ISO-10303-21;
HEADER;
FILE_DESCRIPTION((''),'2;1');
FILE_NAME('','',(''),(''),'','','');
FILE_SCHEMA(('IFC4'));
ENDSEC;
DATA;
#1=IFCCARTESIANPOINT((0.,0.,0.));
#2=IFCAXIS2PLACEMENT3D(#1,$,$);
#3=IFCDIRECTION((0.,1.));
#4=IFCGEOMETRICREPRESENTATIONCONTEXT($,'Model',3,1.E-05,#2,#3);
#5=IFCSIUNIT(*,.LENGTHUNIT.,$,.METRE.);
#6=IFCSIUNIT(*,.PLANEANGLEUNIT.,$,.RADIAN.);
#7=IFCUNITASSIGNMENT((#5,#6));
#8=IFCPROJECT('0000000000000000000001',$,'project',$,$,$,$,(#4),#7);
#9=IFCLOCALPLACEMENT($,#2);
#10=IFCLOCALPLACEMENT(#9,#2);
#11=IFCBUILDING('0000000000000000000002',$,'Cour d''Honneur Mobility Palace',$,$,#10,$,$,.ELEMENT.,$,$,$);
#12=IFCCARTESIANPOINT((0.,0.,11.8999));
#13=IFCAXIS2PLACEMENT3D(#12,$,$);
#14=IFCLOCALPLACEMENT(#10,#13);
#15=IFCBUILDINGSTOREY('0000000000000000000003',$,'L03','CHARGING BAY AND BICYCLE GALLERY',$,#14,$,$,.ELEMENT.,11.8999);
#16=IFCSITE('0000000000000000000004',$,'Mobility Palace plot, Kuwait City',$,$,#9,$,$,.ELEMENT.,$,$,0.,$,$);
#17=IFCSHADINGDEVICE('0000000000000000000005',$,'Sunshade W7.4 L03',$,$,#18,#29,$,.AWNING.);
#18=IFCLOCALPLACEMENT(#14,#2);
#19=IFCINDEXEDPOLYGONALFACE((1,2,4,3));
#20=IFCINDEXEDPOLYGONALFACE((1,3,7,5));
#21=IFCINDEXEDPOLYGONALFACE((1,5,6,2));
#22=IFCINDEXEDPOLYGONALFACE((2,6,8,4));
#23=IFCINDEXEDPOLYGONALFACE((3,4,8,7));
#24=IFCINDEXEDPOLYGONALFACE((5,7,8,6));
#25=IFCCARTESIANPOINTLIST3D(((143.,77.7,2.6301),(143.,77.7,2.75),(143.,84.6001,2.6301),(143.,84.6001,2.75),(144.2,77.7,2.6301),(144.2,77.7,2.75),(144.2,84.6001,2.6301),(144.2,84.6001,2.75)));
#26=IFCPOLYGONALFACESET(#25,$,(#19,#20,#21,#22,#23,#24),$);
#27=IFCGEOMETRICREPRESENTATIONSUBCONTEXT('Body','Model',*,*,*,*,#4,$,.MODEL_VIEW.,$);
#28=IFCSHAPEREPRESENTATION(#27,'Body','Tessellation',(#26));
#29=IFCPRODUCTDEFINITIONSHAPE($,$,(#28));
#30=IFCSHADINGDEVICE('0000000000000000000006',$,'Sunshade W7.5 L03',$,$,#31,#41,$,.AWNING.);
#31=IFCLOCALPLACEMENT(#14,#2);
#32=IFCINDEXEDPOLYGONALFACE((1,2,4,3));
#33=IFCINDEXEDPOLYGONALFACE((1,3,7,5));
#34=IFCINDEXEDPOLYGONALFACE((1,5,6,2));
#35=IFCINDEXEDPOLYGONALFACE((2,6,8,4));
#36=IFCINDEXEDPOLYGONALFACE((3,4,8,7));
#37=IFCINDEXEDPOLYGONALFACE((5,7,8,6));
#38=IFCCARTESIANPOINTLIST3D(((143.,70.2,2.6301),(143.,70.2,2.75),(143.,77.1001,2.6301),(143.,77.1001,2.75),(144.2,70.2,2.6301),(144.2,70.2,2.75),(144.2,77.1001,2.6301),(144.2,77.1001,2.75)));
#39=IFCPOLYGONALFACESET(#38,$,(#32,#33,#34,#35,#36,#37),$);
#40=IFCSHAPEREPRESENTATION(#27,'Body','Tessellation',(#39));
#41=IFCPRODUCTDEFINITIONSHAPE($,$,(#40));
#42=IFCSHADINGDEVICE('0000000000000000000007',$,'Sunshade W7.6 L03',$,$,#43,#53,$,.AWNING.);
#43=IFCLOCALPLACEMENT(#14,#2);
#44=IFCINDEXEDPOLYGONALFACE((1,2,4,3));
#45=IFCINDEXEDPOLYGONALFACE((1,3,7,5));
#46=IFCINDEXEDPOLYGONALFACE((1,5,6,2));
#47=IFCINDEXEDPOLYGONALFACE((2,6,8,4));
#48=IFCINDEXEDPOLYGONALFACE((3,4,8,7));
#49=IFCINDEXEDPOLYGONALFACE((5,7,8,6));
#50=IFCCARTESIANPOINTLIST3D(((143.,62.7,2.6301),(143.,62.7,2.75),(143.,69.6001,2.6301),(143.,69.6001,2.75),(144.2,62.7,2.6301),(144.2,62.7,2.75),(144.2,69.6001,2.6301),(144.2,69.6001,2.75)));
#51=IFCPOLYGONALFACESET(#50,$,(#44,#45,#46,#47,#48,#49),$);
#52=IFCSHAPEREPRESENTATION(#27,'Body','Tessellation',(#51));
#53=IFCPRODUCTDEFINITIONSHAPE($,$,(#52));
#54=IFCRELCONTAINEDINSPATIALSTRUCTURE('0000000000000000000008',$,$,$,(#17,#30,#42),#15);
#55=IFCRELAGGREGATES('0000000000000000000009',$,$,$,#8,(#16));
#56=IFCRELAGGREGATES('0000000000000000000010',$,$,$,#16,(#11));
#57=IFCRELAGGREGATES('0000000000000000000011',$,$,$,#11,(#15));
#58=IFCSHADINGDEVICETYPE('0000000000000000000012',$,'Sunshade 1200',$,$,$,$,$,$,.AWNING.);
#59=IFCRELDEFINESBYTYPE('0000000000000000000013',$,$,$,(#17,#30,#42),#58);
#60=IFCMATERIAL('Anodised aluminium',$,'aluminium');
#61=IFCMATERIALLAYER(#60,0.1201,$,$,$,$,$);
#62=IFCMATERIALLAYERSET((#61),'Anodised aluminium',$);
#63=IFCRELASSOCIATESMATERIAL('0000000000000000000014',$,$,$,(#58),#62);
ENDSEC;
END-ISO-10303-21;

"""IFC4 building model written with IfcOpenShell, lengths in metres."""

from ifc_helpers import new_model, si_unit, direction, frame, origin, place, context, subcontext, project, spatial, polyline, outline, extrude, material, layer, layer_set, type_object, element, save


model = new_model("IFC4")

# Units and contexts
model_context = context("Model", 3, precision=1e-05, world=origin(), true_north=direction((0.0, 1.0)))
body_context = subcontext(model_context, "Body", "Model", "MODEL_VIEW")
ifc_project = project(units=[si_unit("LENGTHUNIT", "METRE"), si_unit("PLANEANGLEUNIT", "RADIAN")], contexts=[model_context])

# Site, building, storey
site_placement = place(None, origin())
site = spatial("IfcSite", under=ifc_project, at=site_placement, Name="Mobility Palace plot, Kuwait City", CompositionType="ELEMENT", RefElevation=0.0)
building_placement = place(site_placement, origin())
building = spatial("IfcBuilding", under=site, at=building_placement, Name="Cour d'Honneur Mobility Palace", CompositionType="ELEMENT")
storey_placement = place(building_placement, frame((0.0, 0.0, 11.8999)))
storey = spatial("IfcBuildingStorey", under=building, at=storey_placement, Name="L03", Description="CHARGING BAY AND BICYCLE GALLERY", CompositionType="ELEMENT", Elevation=11.8999)

# Shading devices
ifc_material_1 = material(Name="Anodised aluminium", Category="aluminium")
ifc_layer_1 = layer(ifc_material_1, 0.1201)
ifc_layer_set_1 = layer_set([ifc_layer_1], Name="Anodised aluminium")
shading_device_type = type_object("IfcShadingDeviceType", Name="Sunshade 1200", PredefinedType="AWNING", material=ifc_layer_set_1)
shading_device_1_placement = place(storey_placement, frame((0.0, 0.0, 2.6301)))
element("IfcShadingDevice", 1, at=shading_device_1_placement, inside=storey, type_object=shading_device_type, Name="Sunshade W7.4 L03", PredefinedType="AWNING", context=body_context, shape_type="SweptSolid", body=[
    extrude(outline(polyline([(144.2, 84.6001), (144.2, 77.7), (143.0, 77.7), (143.0, 84.6001), (144.2, 84.6001)])), origin(), (0.0, 0.0, 1.0), 0.1199),
])
shading_device_2_placement = place(storey_placement, frame((0.0, 0.0, 2.6301)))
element("IfcShadingDevice", 2, at=shading_device_2_placement, inside=storey, type_object=shading_device_type, Name="Sunshade W7.5 L03", PredefinedType="AWNING", context=body_context, shape_type="SweptSolid", body=[
    extrude(outline(polyline([(144.2, 77.1001), (144.2, 70.2), (143.0, 70.2), (143.0, 77.1001), (144.2, 77.1001)])), origin(), (0.0, 0.0, 1.0), 0.1199),
])
shading_device_3_placement = place(storey_placement, frame((0.0, 0.0, 2.6301)))
element("IfcShadingDevice", 3, at=shading_device_3_placement, inside=storey, type_object=shading_device_type, Name="Sunshade W7.6 L03", PredefinedType="AWNING", context=body_context, shape_type="SweptSolid", body=[
    extrude(outline(polyline([(144.2, 69.6001), (144.2, 62.7), (143.0, 62.7), (143.0, 69.6001), (144.2, 69.6001)])), origin(), (0.0, 0.0, 1.0), 0.1199),
])

save(model, "model.ifc")
